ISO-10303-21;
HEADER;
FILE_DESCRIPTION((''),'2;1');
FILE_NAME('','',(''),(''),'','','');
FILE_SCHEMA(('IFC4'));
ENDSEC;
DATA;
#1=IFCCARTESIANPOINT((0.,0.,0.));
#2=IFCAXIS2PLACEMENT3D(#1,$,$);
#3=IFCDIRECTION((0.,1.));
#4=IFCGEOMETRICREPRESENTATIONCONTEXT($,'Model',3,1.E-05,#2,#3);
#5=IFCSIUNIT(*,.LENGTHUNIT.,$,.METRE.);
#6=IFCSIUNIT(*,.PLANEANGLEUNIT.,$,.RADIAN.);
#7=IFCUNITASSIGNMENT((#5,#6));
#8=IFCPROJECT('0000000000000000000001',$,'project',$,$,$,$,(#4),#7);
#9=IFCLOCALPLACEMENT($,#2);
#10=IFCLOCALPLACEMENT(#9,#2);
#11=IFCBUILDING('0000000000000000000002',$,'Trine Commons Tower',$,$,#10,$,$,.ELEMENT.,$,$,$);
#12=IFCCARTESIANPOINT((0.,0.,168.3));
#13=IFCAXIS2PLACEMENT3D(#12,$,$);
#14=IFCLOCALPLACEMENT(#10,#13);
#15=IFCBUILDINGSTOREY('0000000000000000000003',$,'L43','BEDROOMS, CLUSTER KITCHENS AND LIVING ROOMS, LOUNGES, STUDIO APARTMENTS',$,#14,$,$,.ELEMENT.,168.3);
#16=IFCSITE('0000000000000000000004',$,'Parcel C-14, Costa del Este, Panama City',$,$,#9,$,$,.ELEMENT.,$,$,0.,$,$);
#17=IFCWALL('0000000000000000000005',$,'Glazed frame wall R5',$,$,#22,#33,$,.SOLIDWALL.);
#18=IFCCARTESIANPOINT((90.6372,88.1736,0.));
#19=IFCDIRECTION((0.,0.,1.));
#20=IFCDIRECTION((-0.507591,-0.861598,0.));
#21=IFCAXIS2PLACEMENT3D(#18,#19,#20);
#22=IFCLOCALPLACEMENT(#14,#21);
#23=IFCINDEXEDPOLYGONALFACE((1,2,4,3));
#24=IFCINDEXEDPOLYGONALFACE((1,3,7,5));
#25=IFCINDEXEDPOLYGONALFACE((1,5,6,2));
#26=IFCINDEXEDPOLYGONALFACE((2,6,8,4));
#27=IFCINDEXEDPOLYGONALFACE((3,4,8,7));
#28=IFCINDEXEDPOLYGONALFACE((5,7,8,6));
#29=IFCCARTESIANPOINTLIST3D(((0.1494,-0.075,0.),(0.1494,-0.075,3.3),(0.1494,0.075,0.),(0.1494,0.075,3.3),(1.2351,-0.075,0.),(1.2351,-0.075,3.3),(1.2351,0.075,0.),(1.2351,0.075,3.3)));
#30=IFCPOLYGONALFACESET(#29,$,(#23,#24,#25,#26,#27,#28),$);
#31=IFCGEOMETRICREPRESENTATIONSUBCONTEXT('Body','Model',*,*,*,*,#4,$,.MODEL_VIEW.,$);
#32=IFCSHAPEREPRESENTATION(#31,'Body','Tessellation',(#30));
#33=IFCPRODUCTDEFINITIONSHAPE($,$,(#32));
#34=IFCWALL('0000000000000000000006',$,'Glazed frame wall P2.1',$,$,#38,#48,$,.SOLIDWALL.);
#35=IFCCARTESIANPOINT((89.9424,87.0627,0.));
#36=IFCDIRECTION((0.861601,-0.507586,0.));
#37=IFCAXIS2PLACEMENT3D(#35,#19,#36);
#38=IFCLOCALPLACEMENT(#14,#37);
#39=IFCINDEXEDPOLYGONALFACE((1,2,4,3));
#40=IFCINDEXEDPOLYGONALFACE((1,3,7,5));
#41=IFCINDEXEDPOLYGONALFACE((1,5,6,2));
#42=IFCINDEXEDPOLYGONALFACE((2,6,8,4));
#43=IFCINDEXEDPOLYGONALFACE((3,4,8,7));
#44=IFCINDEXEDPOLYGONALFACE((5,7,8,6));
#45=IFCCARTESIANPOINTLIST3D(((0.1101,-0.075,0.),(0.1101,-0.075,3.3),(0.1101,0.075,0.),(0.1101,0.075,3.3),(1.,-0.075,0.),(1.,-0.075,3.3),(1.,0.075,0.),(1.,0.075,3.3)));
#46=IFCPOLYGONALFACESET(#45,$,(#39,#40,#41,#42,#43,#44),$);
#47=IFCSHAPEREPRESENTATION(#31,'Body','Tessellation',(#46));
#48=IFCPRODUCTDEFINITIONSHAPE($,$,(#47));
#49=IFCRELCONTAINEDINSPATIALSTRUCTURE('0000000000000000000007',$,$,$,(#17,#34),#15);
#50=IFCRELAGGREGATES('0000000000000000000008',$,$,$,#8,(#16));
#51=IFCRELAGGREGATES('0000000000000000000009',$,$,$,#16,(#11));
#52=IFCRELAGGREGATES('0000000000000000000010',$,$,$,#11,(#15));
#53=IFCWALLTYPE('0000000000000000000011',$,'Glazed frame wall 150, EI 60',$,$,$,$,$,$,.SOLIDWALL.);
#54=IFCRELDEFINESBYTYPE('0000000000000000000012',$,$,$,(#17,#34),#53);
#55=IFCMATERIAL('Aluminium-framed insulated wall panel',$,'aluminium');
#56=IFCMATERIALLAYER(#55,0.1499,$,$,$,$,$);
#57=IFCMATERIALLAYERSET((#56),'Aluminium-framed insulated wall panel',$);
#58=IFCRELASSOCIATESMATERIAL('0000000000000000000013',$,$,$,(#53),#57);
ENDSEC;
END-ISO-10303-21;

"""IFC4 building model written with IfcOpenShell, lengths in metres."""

from ifc_helpers import new_model, si_unit, direction, frame, origin, place, context, subcontext, project, spatial, polyline, outline, extrude, material, layer, layer_set, type_object, element, save


model = new_model("IFC4")

# Units and contexts
model_context = context("Model", 3, precision=1e-05, world=origin(), true_north=direction((0.0, 1.0)))
body_context = subcontext(model_context, "Body", "Model", "MODEL_VIEW")
ifc_project = project(units=[si_unit("LENGTHUNIT", "METRE"), si_unit("PLANEANGLEUNIT", "RADIAN")], contexts=[model_context])

# Site, building, storey
site_placement = place(None, origin())
site = spatial("IfcSite", under=ifc_project, at=site_placement, Name="Parcel C-14, Costa del Este, Panama City", CompositionType="ELEMENT", RefElevation=0.0)
building_placement = place(site_placement, origin())
building = spatial("IfcBuilding", under=site, at=building_placement, Name="Trine Commons Tower", CompositionType="ELEMENT")
storey_placement = place(building_placement, frame((0.0, 0.0, 168.3)))
storey = spatial("IfcBuildingStorey", under=building, at=storey_placement, Name="L43", Description="BEDROOMS, CLUSTER KITCHENS AND LIVING ROOMS, LOUNGES, STUDIO APARTMENTS", CompositionType="ELEMENT", Elevation=168.3)

# Walls
ifc_material_1 = material(Name="Aluminium-framed insulated wall panel", Category="aluminium")
ifc_layer_1 = layer(ifc_material_1, 0.1499)
ifc_layer_set_1 = layer_set([ifc_layer_1], Name="Aluminium-framed insulated wall panel")
wall_type_1 = type_object("IfcWallType", Name="Glazed frame wall 150, EI 60", PredefinedType="SOLIDWALL", material=ifc_layer_set_1)
wall_1_placement = place(storey_placement, frame((90.6372, 88.1736, 0.0), z_axis=(0.0, 0.0, 1.0), x_axis=(-0.507591, -0.861598, 0.0)))
element("IfcWall", 1, at=wall_1_placement, inside=storey, type_object=wall_type_1, Name="Glazed frame wall R5", PredefinedType="SOLIDWALL", context=body_context, shape_type="SweptSolid", body=[
    extrude(outline(polyline([(0.1494, 0.075), (0.1494, -0.075), (1.2351, -0.075), (1.2351, 0.075), (0.1494, 0.075)])), origin(), (0.0, 0.0, 1.0), 3.3),
])
wall_2_placement = place(storey_placement, frame((89.9424, 87.0627, 0.0), z_axis=(0.0, 0.0, 1.0), x_axis=(0.861601, -0.507586, 0.0)))
element("IfcWall", 2, at=wall_2_placement, inside=storey, type_object=wall_type_1, Name="Glazed frame wall P2.1", PredefinedType="SOLIDWALL", context=body_context, shape_type="SweptSolid", body=[
    extrude(outline(polyline([(0.1101, -0.075), (1.0, -0.075), (1.0, 0.075), (0.1101, 0.075), (0.1101, -0.075)])), origin(), (0.0, 0.0, 1.0), 3.3),
])

save(model, "model.ifc")
